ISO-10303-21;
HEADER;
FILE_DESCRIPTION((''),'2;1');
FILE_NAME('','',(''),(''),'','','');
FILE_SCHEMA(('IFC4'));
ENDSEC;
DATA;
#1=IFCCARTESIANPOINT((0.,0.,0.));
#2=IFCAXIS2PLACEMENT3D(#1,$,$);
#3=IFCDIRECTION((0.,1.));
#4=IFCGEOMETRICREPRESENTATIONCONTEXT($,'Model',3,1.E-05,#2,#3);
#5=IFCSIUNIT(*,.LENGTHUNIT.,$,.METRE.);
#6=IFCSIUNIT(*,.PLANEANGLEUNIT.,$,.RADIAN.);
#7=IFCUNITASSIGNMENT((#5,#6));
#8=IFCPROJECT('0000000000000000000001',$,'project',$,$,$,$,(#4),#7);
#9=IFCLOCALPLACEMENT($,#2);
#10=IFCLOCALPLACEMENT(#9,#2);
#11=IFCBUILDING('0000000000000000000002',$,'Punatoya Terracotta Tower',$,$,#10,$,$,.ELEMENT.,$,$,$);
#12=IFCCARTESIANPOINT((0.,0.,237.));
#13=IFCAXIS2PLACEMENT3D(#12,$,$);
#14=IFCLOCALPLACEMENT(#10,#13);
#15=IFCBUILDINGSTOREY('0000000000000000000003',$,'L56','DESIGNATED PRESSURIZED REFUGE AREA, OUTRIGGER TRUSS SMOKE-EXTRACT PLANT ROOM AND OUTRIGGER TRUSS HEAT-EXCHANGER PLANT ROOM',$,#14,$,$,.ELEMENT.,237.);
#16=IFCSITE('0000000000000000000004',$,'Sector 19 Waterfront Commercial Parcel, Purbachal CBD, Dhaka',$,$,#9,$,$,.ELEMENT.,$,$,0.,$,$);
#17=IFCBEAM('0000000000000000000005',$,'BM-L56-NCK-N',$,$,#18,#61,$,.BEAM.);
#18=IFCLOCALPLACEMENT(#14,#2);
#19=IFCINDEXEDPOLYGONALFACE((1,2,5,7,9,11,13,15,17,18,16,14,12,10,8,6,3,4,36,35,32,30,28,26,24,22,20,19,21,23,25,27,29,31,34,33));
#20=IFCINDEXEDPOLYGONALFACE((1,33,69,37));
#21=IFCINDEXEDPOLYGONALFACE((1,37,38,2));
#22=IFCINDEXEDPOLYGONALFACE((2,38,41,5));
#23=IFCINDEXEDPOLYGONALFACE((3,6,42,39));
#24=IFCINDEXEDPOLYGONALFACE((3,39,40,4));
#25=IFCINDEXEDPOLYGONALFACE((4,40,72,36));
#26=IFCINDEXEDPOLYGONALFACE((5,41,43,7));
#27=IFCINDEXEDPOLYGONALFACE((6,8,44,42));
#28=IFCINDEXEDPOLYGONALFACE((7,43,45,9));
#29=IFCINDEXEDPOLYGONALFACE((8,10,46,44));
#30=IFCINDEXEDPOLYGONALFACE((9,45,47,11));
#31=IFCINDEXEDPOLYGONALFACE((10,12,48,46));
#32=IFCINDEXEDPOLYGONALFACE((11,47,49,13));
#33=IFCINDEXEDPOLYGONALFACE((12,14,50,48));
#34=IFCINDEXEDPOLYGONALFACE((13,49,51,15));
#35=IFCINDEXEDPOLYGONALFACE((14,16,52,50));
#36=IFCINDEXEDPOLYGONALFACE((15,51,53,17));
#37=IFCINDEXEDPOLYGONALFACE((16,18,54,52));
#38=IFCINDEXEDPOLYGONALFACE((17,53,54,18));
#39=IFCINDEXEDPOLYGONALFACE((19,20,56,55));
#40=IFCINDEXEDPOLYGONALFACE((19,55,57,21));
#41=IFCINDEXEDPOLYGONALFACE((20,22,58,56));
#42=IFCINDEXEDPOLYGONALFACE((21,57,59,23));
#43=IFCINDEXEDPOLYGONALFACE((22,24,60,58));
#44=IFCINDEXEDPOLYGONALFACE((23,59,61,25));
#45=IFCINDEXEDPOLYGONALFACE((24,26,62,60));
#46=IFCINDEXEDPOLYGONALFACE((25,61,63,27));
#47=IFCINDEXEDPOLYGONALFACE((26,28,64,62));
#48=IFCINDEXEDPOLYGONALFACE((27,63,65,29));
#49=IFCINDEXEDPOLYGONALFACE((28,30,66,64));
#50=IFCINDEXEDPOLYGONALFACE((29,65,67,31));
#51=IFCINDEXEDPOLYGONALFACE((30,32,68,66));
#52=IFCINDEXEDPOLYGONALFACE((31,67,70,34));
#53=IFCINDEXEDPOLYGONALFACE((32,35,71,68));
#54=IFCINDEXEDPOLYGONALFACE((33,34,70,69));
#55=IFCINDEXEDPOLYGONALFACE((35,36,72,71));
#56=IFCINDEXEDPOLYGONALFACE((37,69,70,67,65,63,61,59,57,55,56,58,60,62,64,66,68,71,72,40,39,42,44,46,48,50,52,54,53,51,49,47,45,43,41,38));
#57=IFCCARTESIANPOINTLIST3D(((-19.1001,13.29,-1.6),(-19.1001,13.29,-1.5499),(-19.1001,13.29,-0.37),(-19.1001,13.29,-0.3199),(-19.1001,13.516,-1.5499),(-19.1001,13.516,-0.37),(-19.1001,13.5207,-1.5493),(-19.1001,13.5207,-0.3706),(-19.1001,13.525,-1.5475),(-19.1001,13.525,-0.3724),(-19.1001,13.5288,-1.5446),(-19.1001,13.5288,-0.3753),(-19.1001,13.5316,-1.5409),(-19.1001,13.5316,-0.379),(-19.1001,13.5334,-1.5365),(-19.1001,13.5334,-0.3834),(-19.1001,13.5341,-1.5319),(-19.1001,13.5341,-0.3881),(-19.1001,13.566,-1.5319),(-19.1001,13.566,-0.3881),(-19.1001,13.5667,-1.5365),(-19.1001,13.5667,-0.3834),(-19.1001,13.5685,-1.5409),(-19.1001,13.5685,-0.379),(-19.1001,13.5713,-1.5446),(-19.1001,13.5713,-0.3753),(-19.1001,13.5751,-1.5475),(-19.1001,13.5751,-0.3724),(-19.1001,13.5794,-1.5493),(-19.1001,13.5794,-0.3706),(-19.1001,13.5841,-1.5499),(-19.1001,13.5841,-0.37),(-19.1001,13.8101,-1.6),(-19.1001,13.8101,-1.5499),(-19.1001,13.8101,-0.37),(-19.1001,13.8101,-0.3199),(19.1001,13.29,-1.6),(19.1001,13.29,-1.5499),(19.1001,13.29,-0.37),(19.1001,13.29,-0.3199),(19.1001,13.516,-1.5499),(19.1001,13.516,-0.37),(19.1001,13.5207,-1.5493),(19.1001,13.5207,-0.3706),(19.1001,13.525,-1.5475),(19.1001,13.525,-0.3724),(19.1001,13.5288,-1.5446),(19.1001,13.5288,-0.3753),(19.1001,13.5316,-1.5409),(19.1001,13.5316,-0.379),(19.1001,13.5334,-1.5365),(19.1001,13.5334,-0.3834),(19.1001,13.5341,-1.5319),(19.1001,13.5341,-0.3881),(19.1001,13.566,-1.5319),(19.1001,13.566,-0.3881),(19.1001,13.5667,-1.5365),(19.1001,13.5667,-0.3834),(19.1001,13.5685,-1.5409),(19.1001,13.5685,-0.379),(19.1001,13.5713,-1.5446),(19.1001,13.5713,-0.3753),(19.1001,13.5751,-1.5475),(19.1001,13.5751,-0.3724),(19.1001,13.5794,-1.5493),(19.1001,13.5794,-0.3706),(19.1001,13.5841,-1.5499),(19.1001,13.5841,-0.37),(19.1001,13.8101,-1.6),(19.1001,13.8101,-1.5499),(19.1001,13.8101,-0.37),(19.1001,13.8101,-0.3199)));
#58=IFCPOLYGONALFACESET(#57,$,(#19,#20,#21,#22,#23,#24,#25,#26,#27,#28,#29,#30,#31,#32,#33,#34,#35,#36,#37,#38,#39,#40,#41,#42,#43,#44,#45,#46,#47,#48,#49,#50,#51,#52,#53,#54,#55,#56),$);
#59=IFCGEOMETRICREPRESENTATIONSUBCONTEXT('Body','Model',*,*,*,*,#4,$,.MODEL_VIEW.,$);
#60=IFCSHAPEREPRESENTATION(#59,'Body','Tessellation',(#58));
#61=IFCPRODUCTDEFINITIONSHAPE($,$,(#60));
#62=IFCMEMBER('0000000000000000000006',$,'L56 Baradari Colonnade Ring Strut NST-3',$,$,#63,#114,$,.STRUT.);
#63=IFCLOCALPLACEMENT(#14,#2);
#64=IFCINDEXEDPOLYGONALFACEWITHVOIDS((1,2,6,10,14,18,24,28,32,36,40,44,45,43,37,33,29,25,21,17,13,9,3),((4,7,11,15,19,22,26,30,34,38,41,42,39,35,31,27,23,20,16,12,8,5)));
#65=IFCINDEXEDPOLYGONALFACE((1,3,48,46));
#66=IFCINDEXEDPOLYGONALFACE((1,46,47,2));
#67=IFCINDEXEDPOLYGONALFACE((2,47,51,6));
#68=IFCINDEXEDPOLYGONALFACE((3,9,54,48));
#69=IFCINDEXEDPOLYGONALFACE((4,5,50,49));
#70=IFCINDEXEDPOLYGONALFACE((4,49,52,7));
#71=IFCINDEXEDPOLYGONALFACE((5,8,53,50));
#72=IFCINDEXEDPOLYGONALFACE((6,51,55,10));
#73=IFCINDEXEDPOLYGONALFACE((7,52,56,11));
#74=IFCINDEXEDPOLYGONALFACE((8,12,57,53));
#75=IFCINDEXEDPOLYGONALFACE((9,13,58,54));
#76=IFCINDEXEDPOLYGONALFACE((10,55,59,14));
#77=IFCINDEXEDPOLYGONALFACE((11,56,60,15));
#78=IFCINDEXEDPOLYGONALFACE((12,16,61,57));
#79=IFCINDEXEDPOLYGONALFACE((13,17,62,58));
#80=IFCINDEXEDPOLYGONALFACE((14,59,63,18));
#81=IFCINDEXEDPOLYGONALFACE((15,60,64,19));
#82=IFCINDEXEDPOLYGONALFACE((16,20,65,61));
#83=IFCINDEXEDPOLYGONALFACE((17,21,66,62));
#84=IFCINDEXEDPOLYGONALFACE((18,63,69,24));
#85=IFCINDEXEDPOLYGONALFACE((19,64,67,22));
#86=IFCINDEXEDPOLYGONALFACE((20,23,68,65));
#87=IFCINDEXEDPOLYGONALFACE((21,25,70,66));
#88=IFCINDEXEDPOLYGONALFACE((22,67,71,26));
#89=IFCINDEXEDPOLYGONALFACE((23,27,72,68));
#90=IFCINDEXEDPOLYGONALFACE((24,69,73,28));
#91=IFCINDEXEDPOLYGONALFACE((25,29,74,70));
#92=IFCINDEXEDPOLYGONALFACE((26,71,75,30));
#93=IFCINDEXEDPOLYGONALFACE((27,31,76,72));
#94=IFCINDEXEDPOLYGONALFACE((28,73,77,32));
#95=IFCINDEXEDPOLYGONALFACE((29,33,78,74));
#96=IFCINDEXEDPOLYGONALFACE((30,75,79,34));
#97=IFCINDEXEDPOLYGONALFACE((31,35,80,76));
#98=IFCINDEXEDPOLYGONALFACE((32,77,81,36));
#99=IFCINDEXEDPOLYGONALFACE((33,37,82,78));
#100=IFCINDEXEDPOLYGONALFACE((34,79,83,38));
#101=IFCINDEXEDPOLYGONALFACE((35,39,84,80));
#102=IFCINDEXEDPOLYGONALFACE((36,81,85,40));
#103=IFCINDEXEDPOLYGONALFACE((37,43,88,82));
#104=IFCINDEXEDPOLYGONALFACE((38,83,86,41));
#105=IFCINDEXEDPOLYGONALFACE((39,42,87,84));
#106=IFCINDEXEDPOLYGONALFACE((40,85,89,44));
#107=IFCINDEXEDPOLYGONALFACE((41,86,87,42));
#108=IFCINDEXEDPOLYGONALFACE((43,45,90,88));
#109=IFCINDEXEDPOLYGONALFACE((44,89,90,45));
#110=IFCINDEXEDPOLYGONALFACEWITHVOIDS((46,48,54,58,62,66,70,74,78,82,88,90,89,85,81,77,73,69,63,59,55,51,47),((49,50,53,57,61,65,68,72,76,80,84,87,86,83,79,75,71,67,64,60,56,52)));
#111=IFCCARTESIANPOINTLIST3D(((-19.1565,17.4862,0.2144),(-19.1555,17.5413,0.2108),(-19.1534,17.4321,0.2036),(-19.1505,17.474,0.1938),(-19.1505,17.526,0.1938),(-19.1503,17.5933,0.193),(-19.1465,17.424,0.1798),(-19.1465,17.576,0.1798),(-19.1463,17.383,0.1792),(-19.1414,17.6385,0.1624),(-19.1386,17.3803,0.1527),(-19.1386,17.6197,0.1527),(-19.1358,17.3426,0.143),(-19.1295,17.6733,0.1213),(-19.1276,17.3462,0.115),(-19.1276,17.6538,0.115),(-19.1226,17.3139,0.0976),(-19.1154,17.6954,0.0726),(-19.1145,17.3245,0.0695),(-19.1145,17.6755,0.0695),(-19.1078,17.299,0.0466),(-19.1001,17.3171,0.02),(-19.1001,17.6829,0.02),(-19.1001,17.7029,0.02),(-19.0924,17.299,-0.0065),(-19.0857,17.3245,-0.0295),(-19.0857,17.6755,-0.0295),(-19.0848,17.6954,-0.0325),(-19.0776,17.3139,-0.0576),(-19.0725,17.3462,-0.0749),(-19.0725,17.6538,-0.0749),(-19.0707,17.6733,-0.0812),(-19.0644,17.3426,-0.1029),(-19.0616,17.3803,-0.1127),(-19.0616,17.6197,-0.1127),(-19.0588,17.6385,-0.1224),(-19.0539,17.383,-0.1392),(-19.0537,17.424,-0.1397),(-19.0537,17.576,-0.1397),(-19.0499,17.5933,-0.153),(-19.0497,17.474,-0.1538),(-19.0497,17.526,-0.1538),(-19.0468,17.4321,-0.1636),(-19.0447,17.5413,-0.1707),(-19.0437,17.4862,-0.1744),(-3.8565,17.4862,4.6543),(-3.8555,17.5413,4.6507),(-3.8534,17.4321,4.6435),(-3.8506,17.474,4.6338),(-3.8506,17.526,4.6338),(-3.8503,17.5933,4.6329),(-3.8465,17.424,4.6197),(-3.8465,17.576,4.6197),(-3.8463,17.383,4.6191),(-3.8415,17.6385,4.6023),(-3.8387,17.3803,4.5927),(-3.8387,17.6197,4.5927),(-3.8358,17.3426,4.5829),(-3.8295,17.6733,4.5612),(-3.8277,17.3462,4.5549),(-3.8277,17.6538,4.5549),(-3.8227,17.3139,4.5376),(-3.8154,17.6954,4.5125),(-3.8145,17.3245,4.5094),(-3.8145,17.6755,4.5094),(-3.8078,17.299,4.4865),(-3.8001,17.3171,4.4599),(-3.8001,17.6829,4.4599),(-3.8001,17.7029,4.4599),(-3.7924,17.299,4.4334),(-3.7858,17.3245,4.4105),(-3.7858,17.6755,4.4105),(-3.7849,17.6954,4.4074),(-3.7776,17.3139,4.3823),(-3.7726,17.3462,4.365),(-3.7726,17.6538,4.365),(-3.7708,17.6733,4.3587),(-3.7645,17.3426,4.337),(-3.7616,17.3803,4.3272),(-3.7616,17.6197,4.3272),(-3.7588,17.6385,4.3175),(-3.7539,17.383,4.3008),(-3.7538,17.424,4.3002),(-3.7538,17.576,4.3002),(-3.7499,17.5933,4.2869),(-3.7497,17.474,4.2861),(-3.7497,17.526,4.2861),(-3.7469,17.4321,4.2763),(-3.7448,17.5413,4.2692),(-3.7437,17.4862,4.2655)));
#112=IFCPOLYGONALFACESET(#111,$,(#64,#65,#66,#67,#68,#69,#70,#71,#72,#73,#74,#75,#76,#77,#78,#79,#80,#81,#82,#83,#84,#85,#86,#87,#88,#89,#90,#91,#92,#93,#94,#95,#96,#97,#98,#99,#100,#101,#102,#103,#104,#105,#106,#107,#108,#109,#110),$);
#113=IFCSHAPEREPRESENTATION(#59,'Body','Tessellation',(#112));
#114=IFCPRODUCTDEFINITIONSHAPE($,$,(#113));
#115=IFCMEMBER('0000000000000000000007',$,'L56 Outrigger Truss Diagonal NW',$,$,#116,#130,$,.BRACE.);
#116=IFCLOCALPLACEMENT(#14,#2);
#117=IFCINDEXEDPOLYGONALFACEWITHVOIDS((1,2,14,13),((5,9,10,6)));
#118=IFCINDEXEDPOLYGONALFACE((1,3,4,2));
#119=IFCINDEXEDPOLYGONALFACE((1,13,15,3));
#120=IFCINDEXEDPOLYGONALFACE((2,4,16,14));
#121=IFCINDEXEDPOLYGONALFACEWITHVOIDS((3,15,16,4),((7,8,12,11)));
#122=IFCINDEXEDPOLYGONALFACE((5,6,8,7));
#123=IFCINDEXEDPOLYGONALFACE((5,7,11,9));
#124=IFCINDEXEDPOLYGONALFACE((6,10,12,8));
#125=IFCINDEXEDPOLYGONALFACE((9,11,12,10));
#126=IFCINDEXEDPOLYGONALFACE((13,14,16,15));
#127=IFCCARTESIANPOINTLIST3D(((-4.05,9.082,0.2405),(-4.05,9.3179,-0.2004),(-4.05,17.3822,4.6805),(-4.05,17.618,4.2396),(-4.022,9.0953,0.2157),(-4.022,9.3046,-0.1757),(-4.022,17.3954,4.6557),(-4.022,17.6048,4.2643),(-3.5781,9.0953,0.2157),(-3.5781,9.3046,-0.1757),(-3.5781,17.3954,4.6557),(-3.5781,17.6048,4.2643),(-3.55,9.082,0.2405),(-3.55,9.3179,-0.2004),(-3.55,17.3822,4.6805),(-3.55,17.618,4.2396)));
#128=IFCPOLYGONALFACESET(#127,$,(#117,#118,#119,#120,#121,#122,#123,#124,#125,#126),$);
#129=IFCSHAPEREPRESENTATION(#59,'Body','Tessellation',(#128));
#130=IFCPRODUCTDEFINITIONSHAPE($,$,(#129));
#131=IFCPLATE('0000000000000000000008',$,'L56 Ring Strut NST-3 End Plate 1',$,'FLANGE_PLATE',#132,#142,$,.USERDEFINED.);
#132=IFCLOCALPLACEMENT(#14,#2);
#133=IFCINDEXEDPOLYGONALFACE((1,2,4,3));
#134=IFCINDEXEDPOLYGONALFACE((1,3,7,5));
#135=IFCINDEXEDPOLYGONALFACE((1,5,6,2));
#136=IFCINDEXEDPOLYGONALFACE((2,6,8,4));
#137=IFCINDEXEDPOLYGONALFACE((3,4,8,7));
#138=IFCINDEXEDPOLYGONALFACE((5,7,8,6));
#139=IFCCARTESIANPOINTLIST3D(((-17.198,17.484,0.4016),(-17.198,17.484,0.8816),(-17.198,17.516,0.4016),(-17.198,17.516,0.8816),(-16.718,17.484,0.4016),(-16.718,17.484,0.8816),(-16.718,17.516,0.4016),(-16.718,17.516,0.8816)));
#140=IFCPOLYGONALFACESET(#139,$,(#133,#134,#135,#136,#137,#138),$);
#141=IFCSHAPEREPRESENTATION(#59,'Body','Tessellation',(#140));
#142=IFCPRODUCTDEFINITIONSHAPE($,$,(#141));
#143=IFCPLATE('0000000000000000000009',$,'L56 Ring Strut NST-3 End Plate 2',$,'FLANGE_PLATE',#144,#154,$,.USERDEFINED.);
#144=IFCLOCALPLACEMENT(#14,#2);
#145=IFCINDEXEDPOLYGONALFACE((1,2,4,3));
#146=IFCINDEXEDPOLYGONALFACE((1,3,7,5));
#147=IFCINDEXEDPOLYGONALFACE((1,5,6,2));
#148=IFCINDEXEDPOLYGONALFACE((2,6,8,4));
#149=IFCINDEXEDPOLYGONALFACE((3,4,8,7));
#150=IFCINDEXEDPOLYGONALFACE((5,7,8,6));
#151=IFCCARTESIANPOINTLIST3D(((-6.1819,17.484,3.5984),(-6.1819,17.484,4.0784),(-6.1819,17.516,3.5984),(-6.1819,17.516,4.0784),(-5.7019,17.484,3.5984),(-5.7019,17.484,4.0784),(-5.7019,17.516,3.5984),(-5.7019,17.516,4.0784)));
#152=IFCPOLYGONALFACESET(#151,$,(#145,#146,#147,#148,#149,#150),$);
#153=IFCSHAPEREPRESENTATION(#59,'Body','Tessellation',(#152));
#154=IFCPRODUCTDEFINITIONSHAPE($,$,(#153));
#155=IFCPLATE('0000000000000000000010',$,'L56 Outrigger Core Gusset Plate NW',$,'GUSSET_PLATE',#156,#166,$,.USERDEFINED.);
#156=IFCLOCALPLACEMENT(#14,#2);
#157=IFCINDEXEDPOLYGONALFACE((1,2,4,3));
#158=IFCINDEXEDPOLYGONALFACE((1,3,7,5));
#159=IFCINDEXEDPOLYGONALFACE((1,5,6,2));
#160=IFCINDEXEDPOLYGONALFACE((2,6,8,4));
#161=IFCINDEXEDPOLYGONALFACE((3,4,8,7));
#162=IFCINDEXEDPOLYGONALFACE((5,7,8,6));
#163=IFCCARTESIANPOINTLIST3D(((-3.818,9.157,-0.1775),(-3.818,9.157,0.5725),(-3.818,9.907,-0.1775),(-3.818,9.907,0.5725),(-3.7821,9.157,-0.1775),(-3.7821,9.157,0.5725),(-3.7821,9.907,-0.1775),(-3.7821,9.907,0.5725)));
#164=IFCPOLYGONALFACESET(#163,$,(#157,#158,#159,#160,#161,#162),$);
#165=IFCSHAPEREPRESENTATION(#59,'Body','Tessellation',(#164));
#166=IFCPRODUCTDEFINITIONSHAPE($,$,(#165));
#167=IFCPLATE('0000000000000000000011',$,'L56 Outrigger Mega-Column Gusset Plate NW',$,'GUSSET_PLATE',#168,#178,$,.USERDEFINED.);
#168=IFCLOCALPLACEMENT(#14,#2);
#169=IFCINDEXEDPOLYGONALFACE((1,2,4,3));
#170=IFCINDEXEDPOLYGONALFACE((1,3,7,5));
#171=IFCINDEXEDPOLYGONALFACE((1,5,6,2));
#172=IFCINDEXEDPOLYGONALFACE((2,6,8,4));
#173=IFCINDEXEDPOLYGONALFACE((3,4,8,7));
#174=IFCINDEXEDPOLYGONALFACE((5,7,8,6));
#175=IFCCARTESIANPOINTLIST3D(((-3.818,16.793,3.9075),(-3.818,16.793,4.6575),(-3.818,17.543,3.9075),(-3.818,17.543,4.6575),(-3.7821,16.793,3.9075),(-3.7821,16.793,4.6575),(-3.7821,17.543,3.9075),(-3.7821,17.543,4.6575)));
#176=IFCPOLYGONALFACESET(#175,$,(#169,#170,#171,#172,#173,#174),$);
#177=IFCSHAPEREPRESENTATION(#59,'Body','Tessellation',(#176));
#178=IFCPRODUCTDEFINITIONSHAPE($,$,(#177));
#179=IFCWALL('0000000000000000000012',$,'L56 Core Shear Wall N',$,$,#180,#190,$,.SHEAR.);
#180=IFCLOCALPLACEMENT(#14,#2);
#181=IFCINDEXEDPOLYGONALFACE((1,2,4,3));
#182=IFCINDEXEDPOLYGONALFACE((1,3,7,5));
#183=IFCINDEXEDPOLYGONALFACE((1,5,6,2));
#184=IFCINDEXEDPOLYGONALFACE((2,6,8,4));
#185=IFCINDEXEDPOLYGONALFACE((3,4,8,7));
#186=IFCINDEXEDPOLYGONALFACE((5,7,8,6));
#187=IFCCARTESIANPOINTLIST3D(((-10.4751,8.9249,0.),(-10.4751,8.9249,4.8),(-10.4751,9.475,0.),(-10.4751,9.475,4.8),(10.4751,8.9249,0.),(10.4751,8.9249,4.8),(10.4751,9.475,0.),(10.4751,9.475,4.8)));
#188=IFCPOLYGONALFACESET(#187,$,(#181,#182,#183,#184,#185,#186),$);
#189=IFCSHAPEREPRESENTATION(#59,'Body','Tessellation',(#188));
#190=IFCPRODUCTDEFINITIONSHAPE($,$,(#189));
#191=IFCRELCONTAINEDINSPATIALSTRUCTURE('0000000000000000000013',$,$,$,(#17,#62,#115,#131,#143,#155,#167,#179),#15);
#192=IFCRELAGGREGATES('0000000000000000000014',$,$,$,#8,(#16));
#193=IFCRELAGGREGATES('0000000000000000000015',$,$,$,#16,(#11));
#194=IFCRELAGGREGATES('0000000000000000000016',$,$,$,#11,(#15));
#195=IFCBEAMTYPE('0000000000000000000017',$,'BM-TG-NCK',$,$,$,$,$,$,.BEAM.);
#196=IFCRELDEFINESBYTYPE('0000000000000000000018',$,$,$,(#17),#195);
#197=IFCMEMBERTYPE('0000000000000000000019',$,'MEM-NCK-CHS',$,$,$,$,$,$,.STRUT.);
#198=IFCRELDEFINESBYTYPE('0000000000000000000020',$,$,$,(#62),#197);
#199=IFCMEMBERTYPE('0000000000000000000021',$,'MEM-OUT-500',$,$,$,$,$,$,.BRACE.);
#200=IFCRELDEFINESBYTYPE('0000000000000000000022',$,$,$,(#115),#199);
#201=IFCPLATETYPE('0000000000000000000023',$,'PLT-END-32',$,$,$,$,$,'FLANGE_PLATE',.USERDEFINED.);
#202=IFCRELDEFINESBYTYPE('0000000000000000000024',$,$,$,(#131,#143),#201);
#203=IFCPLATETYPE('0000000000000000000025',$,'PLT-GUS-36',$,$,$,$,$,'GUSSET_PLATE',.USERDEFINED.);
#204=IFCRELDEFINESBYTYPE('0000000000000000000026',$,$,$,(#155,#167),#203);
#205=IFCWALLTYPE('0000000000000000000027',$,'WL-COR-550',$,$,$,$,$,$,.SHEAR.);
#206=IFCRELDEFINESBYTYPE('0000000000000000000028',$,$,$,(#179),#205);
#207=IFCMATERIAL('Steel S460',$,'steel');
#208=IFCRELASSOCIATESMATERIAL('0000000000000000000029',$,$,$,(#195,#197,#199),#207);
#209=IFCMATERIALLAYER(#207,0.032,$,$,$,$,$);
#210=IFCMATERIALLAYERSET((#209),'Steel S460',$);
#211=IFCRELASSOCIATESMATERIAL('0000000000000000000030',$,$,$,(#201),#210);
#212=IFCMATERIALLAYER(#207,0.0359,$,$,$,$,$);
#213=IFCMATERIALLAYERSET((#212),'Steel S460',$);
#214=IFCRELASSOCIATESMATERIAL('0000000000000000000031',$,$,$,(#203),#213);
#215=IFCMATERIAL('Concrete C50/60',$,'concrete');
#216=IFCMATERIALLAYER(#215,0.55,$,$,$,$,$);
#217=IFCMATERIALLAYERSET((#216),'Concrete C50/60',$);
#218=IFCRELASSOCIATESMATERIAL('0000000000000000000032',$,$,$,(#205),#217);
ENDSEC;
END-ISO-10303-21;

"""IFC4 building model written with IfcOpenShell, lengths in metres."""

from ifc_helpers import new_model, si_unit, direction, frame, frame_2d, origin, origin_2d, place, context, subcontext, project, spatial, rectangle, hollow_rectangle, hollow_circle, i_section, extrude, material, layer, layer_set, material_profile, profile_set, type_object, element, save


model = new_model("IFC4")

# Units and contexts
model_context = context("Model", 3, precision=1e-05, world=origin(), true_north=direction((0.0, 1.0)))
body_context = subcontext(model_context, "Body", "Model", "MODEL_VIEW")
ifc_project = project(units=[si_unit("LENGTHUNIT", "METRE"), si_unit("PLANEANGLEUNIT", "RADIAN")], contexts=[model_context])

# Site, building, storey
site_placement = place(None, origin())
site = spatial("IfcSite", under=ifc_project, at=site_placement, Name="Sector 19 Waterfront Commercial Parcel, Purbachal CBD, Dhaka", CompositionType="ELEMENT", RefElevation=0.0)
building_placement = place(site_placement, origin())
building = spatial("IfcBuilding", under=site, at=building_placement, Name="Punatoya Terracotta Tower", CompositionType="ELEMENT")
storey_placement = place(building_placement, frame((0.0, 0.0, 237.0)))
storey = spatial("IfcBuildingStorey", under=building, at=storey_placement, Name="L56", Description="DESIGNATED PRESSURIZED REFUGE AREA, OUTRIGGER TRUSS SMOKE-EXTRACT PLANT ROOM AND OUTRIGGER TRUSS HEAT-EXCHANGER PLANT ROOM", CompositionType="ELEMENT", Elevation=237.0)

# Shared definitions
ifc_material_1 = material(Name="Steel S460", Category="steel")

# Beam
ifc_material_profile_1 = material_profile(ifc_material_1, i_section(OverallWidth=0.52, OverallDepth=1.28, WebThickness=0.032, FlangeThickness=0.05, FilletRadius=0.0181, at=origin_2d()))
ifc_profile_set_1 = profile_set([ifc_material_profile_1], Name="Steel S460")
beam_type_1 = type_object("IfcBeamType", Name="BM-TG-NCK", PredefinedType="BEAM", material=ifc_profile_set_1)
beam_1_placement = place(storey_placement, frame((-19.1001, 13.55, -0.96), z_axis=(1.0, 0.0, 0.0), x_axis=(0.0, 1.0, 0.0)))
element("IfcBeam", 1, at=beam_1_placement, inside=storey, type_object=beam_type_1, Name="BM-L56-NCK-N", PredefinedType="BEAM", context=body_context, shape_type="SweptSolid", body=[
    extrude(i_section(OverallWidth=0.52, OverallDepth=1.28, WebThickness=0.032, FlangeThickness=0.05, FilletRadius=0.0181, at=origin_2d()), origin(), (0.0, 0.0, 1.0), 38.2002),
])

# Members
ifc_material_profile_2 = material_profile(ifc_material_1, hollow_circle(Radius=0.2029, WallThickness=0.02, at=origin_2d()))
ifc_profile_set_2 = profile_set([ifc_material_profile_2], Name="Steel S460")
member_type_1 = type_object("IfcMemberType", Name="MEM-NCK-CHS", PredefinedType="STRUT", material=ifc_profile_set_2)
member_1_placement = place(storey_placement, frame((-19.1001, 17.5, 0.02), z_axis=(0.96038, 0.0, 0.278694), x_axis=(0.0, 1.0, 0.0)))
element("IfcMember", 2, at=member_1_placement, inside=storey, type_object=member_type_1, Name="L56 Baradari Colonnade Ring Strut NST-3", PredefinedType="STRUT", context=body_context, shape_type="SweptSolid", body=[
    extrude(hollow_circle(Radius=0.2029, WallThickness=0.02, at=origin_2d()), origin(), (0.0, 0.0, 1.0), 15.9312),
])
ifc_material_profile_3 = material_profile(ifc_material_1, hollow_rectangle(XDim=0.5, YDim=0.5, WallThickness=0.0281, at=origin_2d()))
ifc_profile_set_3 = profile_set([ifc_material_profile_3], Name="Steel S460")
member_type_2 = type_object("IfcMemberType", Name="MEM-OUT-500", PredefinedType="BRACE", material=ifc_profile_set_3)
member_2_placement = place(storey_placement, frame((-3.8, 9.2, 0.02), z_axis=(0.0, 0.881768, 0.471684), x_axis=(-1.0, 0.0, 0.0)))
element("IfcMember", 3, at=member_2_placement, inside=storey, type_object=member_type_2, Name="L56 Outrigger Truss Diagonal NW", PredefinedType="BRACE", context=body_context, shape_type="SweptSolid", body=[
    extrude(hollow_rectangle(XDim=0.5, YDim=0.5, WallThickness=0.0281, at=origin_2d()), origin(), (0.0, 0.0, 1.0), 9.4131),
])

# Plates
ifc_layer_1 = layer(ifc_material_1, 0.032)
ifc_layer_set_1 = layer_set([ifc_layer_1], Name="Steel S460")
plate_type_1 = type_object("IfcPlateType", Name="PLT-END-32", ElementType="FLANGE_PLATE", PredefinedType="USERDEFINED", material=ifc_layer_set_1)
for number, where, z_axis, x_axis, name in (
    (4, (-16.958, 17.5, 0.4016), (0.0, 0.0, 1.0), (1.0, 0.0, 0.0), "L56 Ring Strut NST-3 End Plate 1"),
    (5, (-5.9419, 17.5, 3.5984), (0.0, 0.0, 1.0), (1.0, 0.0, 0.0), "L56 Ring Strut NST-3 End Plate 2"),
):
    element("IfcPlate", number, at=place(storey_placement, frame(where, z_axis=z_axis, x_axis=x_axis)), inside=storey, type_object=plate_type_1, Name=name, ObjectType="FLANGE_PLATE", PredefinedType="USERDEFINED", context=body_context, shape_type="SweptSolid", body=[
        extrude(rectangle(XDim=0.48, YDim=0.032, at=origin_2d()), origin(), (0.0, 0.0, 1.0), 0.48),
    ])
ifc_layer_2 = layer(ifc_material_1, 0.0359)
ifc_layer_set_2 = layer_set([ifc_layer_2], Name="Steel S460")
plate_type_2 = type_object("IfcPlateType", Name="PLT-GUS-36", ElementType="GUSSET_PLATE", PredefinedType="USERDEFINED", material=ifc_layer_set_2)
for number, where, z_axis, x_axis, name in (
    (6, (-3.8, 9.532, -0.1775), (0.0, 0.0, 1.0), (0.0, 1.0, 0.0), "L56 Outrigger Core Gusset Plate NW"),
    (7, (-3.8, 17.168, 3.9075), (0.0, 0.0, 1.0), (0.0, 1.0, 0.0), "L56 Outrigger Mega-Column Gusset Plate NW"),
):
    element("IfcPlate", number, at=place(storey_placement, frame(where, z_axis=z_axis, x_axis=x_axis)), inside=storey, type_object=plate_type_2, Name=name, ObjectType="GUSSET_PLATE", PredefinedType="USERDEFINED", context=body_context, shape_type="SweptSolid", body=[
        extrude(rectangle(XDim=0.75, YDim=0.0359, at=origin_2d()), origin(), (0.0, 0.0, 1.0), 0.75),
    ])

# Wall
ifc_material_2 = material(Name="Concrete C50/60", Category="concrete")
ifc_layer_3 = layer(ifc_material_2, 0.55)
ifc_layer_set_3 = layer_set([ifc_layer_3], Name="Concrete C50/60")
wall_type_1 = type_object("IfcWallType", Name="WL-COR-550", PredefinedType="SHEAR", material=ifc_layer_set_3)
wall_1_placement = place(storey_placement, frame((-10.4751, 9.2, 0.0), z_axis=(0.0, 0.0, 1.0), x_axis=(1.0, 0.0, 0.0)))
element("IfcWall", 8, at=wall_1_placement, inside=storey, type_object=wall_type_1, Name="L56 Core Shear Wall N", PredefinedType="SHEAR", context=body_context, shape_type="SweptSolid", body=[
    extrude(rectangle(XDim=20.9502, YDim=0.55, at=frame_2d((10.4751, 0.0))), origin(), (0.0, 0.0, 1.0), 4.8),
])

save(model, "model.ifc")
